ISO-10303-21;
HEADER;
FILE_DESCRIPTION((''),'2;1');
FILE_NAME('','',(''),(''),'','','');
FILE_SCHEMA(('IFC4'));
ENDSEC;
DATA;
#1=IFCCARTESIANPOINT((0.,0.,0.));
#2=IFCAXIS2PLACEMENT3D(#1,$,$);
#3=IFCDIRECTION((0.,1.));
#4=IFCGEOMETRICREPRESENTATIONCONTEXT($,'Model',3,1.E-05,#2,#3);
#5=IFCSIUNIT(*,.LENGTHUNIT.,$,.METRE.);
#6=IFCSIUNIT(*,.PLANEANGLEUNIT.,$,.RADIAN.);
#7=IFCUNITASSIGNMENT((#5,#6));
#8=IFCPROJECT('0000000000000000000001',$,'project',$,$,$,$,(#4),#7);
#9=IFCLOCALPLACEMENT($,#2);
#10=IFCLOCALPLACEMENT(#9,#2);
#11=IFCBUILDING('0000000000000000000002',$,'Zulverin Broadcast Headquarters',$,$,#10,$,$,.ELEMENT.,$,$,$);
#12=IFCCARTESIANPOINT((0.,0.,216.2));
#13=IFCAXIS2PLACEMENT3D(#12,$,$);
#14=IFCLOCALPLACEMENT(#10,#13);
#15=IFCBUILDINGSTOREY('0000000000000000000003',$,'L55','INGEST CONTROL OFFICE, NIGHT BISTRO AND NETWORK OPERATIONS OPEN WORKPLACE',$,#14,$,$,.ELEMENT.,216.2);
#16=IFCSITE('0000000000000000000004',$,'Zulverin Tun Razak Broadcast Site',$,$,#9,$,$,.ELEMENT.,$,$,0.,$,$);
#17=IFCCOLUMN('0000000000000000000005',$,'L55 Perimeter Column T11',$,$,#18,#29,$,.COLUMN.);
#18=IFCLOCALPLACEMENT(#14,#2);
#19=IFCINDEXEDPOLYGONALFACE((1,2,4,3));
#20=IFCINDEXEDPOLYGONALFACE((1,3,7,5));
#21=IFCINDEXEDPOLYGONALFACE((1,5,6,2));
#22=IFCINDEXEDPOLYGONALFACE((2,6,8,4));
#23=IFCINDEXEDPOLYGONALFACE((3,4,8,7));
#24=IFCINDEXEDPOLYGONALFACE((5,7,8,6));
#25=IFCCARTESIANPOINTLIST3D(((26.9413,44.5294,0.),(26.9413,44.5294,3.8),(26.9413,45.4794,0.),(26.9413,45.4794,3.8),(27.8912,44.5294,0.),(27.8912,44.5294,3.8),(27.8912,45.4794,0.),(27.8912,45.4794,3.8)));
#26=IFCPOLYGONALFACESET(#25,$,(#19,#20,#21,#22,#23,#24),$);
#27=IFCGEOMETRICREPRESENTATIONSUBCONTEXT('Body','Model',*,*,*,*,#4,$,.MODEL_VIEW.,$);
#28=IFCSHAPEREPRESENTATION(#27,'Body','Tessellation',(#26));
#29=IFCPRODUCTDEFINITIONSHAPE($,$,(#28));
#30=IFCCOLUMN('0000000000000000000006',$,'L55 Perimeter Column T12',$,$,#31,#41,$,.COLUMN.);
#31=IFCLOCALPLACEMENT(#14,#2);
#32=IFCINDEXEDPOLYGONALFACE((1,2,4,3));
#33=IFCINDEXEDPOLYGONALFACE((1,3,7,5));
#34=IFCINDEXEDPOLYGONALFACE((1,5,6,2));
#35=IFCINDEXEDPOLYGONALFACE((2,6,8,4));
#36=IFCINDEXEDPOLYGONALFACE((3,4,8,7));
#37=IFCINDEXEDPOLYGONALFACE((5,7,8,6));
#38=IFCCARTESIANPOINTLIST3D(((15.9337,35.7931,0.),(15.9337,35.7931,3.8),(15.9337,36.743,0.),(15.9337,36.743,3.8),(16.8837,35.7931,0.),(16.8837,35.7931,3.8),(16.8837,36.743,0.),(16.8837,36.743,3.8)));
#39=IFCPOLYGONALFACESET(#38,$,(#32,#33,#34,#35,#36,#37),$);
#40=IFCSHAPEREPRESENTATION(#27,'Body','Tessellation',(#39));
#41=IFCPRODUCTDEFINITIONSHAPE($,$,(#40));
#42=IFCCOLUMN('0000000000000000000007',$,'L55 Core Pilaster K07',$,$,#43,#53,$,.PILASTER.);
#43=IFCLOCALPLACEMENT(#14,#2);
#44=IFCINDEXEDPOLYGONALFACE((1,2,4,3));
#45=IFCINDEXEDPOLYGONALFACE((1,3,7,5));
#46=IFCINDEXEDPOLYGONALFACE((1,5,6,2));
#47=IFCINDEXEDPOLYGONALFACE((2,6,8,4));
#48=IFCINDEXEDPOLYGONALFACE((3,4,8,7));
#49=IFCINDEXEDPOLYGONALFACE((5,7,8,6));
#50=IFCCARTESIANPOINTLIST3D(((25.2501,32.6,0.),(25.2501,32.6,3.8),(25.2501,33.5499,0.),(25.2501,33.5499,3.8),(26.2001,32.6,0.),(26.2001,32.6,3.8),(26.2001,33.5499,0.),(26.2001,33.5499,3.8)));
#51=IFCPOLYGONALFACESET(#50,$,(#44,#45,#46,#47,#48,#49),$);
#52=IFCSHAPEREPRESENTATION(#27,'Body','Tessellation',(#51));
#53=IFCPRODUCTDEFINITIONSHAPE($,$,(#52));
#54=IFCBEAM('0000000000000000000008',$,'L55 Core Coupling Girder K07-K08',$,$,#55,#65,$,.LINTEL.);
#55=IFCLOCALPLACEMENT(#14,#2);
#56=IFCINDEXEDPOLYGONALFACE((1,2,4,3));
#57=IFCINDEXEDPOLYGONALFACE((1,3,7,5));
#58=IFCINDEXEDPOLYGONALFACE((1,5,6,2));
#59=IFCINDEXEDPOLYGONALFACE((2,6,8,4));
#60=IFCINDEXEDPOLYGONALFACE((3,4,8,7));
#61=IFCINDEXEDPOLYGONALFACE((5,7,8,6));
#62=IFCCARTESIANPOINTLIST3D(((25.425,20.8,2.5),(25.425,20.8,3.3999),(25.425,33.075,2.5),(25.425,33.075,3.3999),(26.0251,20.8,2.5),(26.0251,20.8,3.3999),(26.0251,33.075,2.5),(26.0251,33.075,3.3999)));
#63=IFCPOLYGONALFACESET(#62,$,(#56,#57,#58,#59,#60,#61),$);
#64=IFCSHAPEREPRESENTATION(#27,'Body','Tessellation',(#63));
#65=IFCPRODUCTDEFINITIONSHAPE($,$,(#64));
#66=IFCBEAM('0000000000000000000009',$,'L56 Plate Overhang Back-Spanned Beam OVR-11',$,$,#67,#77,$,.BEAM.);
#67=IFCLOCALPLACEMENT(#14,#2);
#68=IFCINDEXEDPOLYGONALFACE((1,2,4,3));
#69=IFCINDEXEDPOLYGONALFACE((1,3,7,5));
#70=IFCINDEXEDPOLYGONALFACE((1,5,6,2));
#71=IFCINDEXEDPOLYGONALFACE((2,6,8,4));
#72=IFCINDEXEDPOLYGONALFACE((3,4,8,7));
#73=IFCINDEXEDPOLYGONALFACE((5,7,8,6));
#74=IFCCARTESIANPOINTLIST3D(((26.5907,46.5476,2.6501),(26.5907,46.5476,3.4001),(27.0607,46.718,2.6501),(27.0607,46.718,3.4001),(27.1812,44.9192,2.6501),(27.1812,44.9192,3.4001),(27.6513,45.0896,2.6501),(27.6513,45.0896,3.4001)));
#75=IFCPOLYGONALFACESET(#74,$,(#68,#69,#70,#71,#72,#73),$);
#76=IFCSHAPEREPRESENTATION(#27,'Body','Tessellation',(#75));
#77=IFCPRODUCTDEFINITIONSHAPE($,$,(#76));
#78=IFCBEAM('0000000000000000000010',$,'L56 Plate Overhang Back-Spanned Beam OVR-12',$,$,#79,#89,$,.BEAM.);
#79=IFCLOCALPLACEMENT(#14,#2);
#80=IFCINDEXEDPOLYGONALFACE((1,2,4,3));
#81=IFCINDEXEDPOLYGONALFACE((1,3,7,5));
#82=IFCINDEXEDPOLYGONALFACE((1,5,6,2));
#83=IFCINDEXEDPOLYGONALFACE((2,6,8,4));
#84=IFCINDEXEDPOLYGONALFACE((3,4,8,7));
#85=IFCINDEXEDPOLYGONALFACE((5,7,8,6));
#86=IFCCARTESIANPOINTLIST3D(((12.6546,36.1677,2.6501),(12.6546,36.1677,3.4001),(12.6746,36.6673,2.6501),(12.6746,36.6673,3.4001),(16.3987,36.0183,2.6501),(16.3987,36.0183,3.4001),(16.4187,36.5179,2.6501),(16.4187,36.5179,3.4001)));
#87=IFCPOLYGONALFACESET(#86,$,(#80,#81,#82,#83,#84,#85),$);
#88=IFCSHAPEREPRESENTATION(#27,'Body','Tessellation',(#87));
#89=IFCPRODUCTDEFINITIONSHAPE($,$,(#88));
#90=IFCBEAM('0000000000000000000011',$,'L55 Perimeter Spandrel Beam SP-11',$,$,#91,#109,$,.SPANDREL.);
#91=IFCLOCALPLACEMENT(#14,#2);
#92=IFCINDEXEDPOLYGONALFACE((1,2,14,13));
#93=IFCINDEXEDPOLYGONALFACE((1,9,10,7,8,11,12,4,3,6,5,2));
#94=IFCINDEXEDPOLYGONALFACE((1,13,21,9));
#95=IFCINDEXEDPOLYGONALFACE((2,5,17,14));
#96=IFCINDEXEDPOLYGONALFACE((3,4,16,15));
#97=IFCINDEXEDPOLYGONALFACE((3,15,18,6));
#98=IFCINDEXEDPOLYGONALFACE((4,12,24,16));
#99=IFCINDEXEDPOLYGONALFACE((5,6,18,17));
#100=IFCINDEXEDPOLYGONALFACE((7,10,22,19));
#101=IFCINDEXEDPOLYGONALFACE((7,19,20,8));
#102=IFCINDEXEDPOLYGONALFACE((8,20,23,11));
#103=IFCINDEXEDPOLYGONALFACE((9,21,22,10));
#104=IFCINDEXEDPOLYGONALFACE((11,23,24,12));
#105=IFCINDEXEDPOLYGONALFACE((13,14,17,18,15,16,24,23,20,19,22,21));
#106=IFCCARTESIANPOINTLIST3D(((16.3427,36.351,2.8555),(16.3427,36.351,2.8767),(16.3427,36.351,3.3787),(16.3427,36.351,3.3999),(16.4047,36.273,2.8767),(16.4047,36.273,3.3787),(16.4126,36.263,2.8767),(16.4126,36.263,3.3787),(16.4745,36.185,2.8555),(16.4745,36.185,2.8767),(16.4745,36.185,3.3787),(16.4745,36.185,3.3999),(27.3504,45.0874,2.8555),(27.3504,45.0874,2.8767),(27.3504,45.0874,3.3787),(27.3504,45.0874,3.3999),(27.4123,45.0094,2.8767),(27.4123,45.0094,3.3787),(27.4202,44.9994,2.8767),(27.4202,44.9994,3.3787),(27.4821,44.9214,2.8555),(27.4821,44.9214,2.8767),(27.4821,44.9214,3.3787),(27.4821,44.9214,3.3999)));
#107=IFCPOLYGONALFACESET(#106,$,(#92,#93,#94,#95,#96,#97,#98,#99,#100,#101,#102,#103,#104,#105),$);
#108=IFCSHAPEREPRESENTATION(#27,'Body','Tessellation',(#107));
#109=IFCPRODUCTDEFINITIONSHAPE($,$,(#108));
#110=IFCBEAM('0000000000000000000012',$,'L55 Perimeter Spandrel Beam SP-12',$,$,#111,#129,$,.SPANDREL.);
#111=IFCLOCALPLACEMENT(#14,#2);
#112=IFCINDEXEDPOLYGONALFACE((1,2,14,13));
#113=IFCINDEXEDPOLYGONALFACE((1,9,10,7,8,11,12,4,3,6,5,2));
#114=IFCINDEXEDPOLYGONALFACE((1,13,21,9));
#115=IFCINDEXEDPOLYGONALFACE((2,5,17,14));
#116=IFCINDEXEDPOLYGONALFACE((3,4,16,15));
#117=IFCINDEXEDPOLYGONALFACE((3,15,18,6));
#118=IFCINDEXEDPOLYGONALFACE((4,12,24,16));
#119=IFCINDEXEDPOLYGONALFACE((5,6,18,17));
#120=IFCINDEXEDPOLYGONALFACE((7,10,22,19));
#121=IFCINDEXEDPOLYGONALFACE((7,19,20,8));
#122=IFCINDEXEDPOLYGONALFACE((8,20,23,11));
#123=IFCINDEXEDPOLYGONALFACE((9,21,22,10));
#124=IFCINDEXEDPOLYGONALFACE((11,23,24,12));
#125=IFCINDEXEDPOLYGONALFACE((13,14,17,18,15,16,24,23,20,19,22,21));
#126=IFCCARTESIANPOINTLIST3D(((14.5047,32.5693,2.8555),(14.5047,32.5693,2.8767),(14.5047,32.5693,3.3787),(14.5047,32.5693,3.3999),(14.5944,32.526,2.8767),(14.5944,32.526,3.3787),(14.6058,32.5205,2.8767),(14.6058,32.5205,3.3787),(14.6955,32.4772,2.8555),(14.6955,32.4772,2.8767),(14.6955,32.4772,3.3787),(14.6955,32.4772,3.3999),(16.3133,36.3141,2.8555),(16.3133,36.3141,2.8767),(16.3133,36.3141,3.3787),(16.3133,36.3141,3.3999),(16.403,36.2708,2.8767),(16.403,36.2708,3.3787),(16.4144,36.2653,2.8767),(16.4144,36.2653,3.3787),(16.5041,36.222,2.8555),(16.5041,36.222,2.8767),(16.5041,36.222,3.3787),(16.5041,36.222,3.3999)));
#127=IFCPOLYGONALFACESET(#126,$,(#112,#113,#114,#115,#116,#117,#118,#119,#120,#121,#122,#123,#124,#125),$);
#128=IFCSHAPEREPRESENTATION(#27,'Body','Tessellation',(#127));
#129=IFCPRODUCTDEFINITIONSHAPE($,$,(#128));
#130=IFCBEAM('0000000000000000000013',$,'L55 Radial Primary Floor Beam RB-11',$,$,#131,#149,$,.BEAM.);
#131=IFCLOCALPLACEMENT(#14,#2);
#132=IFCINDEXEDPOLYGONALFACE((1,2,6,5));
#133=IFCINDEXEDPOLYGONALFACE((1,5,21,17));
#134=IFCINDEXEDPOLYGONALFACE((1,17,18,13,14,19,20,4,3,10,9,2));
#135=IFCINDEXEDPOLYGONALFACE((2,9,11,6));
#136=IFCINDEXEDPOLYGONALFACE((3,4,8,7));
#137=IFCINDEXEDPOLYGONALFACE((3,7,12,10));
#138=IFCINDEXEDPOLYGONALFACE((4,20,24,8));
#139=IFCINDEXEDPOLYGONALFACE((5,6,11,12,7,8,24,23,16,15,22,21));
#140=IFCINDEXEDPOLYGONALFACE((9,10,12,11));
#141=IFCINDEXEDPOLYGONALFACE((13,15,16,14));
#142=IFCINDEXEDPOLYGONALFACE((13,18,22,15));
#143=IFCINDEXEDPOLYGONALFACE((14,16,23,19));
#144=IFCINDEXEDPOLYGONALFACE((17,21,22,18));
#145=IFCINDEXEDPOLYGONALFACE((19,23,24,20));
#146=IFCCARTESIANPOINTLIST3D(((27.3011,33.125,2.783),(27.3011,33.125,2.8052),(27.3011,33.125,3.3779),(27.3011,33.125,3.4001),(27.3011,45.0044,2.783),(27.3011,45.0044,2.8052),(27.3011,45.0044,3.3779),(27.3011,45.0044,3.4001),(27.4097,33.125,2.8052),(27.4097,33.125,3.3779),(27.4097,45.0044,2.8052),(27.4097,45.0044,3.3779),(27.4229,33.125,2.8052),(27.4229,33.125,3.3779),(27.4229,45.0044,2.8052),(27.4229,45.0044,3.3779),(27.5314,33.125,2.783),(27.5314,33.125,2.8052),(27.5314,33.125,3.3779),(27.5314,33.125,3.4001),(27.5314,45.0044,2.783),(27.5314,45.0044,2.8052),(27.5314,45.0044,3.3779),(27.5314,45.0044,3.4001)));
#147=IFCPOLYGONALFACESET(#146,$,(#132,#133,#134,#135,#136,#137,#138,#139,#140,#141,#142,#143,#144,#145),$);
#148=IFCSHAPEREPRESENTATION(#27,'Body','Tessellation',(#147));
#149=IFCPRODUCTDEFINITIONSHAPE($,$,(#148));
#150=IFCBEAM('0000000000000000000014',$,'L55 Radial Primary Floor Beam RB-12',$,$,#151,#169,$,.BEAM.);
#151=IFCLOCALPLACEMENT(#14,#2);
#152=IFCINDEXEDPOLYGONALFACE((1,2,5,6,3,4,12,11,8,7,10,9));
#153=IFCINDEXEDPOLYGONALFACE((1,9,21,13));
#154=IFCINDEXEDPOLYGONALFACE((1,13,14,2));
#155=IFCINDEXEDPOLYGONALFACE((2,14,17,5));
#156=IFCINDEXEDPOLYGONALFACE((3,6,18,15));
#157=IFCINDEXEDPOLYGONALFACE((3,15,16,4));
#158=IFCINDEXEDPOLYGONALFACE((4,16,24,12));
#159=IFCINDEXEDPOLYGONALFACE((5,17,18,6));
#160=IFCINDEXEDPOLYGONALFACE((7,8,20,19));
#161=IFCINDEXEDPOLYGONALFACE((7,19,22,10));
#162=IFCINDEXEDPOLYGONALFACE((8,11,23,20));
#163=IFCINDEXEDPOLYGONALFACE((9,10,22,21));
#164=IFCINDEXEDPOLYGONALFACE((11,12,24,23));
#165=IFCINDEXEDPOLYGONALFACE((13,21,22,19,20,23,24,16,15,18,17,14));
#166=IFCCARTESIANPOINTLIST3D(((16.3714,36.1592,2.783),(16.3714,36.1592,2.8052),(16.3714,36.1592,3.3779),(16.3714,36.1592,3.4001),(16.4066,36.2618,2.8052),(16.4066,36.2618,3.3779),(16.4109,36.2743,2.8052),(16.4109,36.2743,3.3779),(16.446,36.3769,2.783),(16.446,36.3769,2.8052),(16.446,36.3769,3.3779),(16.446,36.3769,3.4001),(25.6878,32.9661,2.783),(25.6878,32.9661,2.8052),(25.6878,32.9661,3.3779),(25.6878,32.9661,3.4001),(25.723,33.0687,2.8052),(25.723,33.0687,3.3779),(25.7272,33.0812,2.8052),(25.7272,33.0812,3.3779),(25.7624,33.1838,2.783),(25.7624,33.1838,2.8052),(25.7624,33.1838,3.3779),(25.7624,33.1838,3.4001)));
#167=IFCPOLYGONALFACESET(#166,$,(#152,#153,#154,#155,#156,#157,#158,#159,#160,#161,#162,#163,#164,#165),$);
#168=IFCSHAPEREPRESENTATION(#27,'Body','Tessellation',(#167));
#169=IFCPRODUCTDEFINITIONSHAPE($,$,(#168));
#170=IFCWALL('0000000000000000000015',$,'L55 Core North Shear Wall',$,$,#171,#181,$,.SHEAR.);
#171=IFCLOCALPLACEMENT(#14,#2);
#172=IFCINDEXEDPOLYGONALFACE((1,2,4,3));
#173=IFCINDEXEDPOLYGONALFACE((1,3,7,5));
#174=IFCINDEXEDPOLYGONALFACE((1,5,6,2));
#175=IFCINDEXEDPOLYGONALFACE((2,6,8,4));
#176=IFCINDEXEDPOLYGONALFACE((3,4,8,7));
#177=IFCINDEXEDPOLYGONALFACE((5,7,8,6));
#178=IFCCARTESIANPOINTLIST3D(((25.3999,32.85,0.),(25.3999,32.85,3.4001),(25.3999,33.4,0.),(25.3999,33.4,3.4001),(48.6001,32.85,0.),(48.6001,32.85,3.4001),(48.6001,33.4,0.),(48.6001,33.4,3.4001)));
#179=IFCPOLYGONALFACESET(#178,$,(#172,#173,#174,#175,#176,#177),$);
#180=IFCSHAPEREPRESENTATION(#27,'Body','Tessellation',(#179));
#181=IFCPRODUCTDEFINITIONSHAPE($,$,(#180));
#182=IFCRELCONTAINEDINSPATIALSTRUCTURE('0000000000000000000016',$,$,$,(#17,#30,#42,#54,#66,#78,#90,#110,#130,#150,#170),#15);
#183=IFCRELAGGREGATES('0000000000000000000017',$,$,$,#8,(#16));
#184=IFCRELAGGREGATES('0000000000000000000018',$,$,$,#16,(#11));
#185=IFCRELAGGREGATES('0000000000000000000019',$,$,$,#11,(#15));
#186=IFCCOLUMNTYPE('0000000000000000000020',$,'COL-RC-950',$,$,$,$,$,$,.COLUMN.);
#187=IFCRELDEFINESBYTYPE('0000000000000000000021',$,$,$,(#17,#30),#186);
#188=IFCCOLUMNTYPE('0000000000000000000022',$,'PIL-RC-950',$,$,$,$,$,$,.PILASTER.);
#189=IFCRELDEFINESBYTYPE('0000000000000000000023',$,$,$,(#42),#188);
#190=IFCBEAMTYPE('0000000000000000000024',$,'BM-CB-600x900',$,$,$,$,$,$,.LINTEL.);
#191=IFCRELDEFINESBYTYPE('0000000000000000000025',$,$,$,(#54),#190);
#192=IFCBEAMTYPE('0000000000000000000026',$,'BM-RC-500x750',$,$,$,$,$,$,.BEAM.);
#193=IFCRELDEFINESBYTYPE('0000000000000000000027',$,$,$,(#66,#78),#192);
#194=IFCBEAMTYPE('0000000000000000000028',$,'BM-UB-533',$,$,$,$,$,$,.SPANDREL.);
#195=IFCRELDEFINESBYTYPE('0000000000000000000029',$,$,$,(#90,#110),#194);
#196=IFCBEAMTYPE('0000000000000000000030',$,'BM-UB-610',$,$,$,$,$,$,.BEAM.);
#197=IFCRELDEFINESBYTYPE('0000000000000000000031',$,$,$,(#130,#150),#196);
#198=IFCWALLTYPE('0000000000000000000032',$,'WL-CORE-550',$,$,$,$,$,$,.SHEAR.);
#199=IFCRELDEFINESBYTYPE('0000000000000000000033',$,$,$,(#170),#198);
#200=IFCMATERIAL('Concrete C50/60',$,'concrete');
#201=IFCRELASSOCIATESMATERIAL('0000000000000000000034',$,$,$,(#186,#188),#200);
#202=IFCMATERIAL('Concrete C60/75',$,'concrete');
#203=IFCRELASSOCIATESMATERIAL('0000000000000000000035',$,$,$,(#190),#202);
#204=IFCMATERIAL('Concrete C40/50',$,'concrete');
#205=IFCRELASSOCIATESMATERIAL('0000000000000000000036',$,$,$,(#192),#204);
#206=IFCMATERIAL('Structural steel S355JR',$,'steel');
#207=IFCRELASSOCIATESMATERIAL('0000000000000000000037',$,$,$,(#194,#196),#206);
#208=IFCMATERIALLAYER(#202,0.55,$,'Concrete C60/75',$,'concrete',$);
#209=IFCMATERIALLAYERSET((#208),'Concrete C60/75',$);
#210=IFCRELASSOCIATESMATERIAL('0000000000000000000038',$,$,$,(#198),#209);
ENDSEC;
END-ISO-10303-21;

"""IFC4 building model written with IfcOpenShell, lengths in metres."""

from ifc_helpers import new_model, si_unit, direction, frame, frame_2d, origin, origin_2d, place, context, subcontext, project, spatial, rectangle, i_section, extrude, material, layer, layer_set, material_profile, profile_set, type_object, element, save


model = new_model("IFC4")

# Units and contexts
model_context = context("Model", 3, precision=1e-05, world=origin(), true_north=direction((0.0, 1.0)))
body_context = subcontext(model_context, "Body", "Model", "MODEL_VIEW")
ifc_project = project(units=[si_unit("LENGTHUNIT", "METRE"), si_unit("PLANEANGLEUNIT", "RADIAN")], contexts=[model_context])

# Site, building, storey
site_placement = place(None, origin())
site = spatial("IfcSite", under=ifc_project, at=site_placement, Name="Zulverin Tun Razak Broadcast Site", CompositionType="ELEMENT", RefElevation=0.0)
building_placement = place(site_placement, origin())
building = spatial("IfcBuilding", under=site, at=building_placement, Name="Zulverin Broadcast Headquarters", CompositionType="ELEMENT")
storey_placement = place(building_placement, frame((0.0, 0.0, 216.2)))
storey = spatial("IfcBuildingStorey", under=building, at=storey_placement, Name="L55", Description="INGEST CONTROL OFFICE, NIGHT BISTRO AND NETWORK OPERATIONS OPEN WORKPLACE", CompositionType="ELEMENT", Elevation=216.2)

# Columns
ifc_material_1 = material(Name="Concrete C50/60", Category="concrete")
ifc_material_profile_1 = material_profile(ifc_material_1, rectangle(XDim=0.95, YDim=0.95, at=origin_2d()), Name="Concrete C50/60", Category="concrete")
ifc_profile_set_1 = profile_set([ifc_material_profile_1], Name="Concrete C50/60")
column_type_1 = type_object("IfcColumnType", Name="COL-RC-950", PredefinedType="COLUMN", material=ifc_profile_set_1)
for number, where, z_axis, x_axis, name in (
    (1, (27.4163, 45.0044, 0.0), (0.0, 0.0, 1.0), (1.0, 0.0, 0.0), "L55 Perimeter Column T11"),
    (2, (16.4087, 36.2681, 0.0), (0.0, 0.0, 1.0), (1.0, 0.0, 0.0), "L55 Perimeter Column T12"),
):
    element("IfcColumn", number, at=place(storey_placement, frame(where, z_axis=z_axis, x_axis=x_axis)), inside=storey, type_object=column_type_1, Name=name, PredefinedType="COLUMN", context=body_context, shape_type="SweptSolid", body=[
        extrude(rectangle(XDim=0.95, YDim=0.95, at=origin_2d()), origin(), (0.0, 0.0, 1.0), 3.8),
    ])
ifc_material_profile_2 = material_profile(ifc_material_1, rectangle(XDim=0.95, YDim=0.95, at=origin_2d()), Name="Concrete C50/60", Category="concrete")
ifc_profile_set_2 = profile_set([ifc_material_profile_2], Name="Concrete C50/60")
column_type_2 = type_object("IfcColumnType", Name="PIL-RC-950", PredefinedType="PILASTER", material=ifc_profile_set_2)
column_placement = place(storey_placement, frame((25.7251, 33.075, 0.0), z_axis=(0.0, 0.0, 1.0), x_axis=(1.0, 0.0, 0.0)))
element("IfcColumn", 3, at=column_placement, inside=storey, type_object=column_type_2, Name="L55 Core Pilaster K07", PredefinedType="PILASTER", context=body_context, shape_type="SweptSolid", body=[
    extrude(rectangle(XDim=0.95, YDim=0.95, at=origin_2d()), origin(), (0.0, 0.0, 1.0), 3.8),
])

# Beams
ifc_material_2 = material(Name="Concrete C60/75", Category="concrete")
ifc_material_profile_3 = material_profile(ifc_material_2, rectangle(XDim=0.6001, YDim=0.8999, at=origin_2d()), Name="Concrete C60/75", Category="concrete")
ifc_profile_set_3 = profile_set([ifc_material_profile_3], Name="Concrete C60/75")
beam_type_1 = type_object("IfcBeamType", Name="BM-CB-600x900", PredefinedType="LINTEL", material=ifc_profile_set_3)
beam_1_placement = place(storey_placement, frame((25.7251, 33.075, 2.95), z_axis=(0.0, -1.0, 0.0), x_axis=(1.0, 0.0, 0.0)))
element("IfcBeam", 4, at=beam_1_placement, inside=storey, type_object=beam_type_1, Name="L55 Core Coupling Girder K07-K08", PredefinedType="LINTEL", context=body_context, shape_type="SweptSolid", body=[
    extrude(rectangle(XDim=0.6001, YDim=0.8999, at=origin_2d()), origin(), (0.0, 0.0, 1.0), 12.2749),
])
ifc_material_3 = material(Name="Concrete C40/50", Category="concrete")
ifc_material_profile_4 = material_profile(ifc_material_3, rectangle(XDim=0.5, YDim=0.75, at=origin_2d()), Name="Concrete C40/50", Category="concrete")
ifc_profile_set_4 = profile_set([ifc_material_profile_4], Name="Concrete C40/50")
beam_type_2 = type_object("IfcBeamType", Name="BM-RC-500x750", PredefinedType="BEAM", material=ifc_profile_set_4)
beam_2_placement = place(storey_placement, frame((27.4163, 45.0044, 3.0251), z_axis=(-0.340939, 0.940085, 0.0), x_axis=(-0.940085, -0.340939, 0.0)))
element("IfcBeam", 5, at=beam_2_placement, inside=storey, type_object=beam_type_2, Name="L56 Plate Overhang Back-Spanned Beam OVR-11", PredefinedType="BEAM", context=body_context, shape_type="SweptSolid", body=[
    extrude(rectangle(XDim=0.5, YDim=0.75, at=origin_2d()), origin(), (0.0, 0.0, 1.0), 1.7322),
])
beam_3_placement = place(storey_placement, frame((16.4087, 36.2681, 3.0251), z_axis=(-0.999205, 0.039874, 0.0), x_axis=(-0.039874, -0.999205, 0.0)))
element("IfcBeam", 6, at=beam_3_placement, inside=storey, type_object=beam_type_2, Name="L56 Plate Overhang Back-Spanned Beam OVR-12", PredefinedType="BEAM", context=body_context, shape_type="SweptSolid", body=[
    extrude(rectangle(XDim=0.5, YDim=0.75, at=origin_2d()), origin(), (0.0, 0.0, 1.0), 3.7471),
])
ifc_material_4 = material(Name="Structural steel S355JR", Category="steel")
ifc_material_profile_5 = material_profile(ifc_material_4, i_section(OverallWidth=0.2119, OverallDepth=0.5444, WebThickness=0.0127, FlangeThickness=0.0212, at=origin_2d()), Name="Structural steel S355JR", Category="steel")
ifc_profile_set_5 = profile_set([ifc_material_profile_5], Name="Structural steel S355JR")
beam_type_3 = type_object("IfcBeamType", Name="BM-UB-533", PredefinedType="SPANDREL", material=ifc_profile_set_5)
beam_4_placement = place(storey_placement, frame((27.4163, 45.0044, 3.1277), z_axis=(-0.783283, -0.621665, 0.0), x_axis=(0.621665, -0.783283, 0.0)))
element("IfcBeam", 7, at=beam_4_placement, inside=storey, type_object=beam_type_3, Name="L55 Perimeter Spandrel Beam SP-11", PredefinedType="SPANDREL", context=body_context, shape_type="SweptSolid", body=[
    extrude(i_section(OverallWidth=0.2119, OverallDepth=0.5444, WebThickness=0.0127, FlangeThickness=0.0212, at=origin_2d()), origin(), (0.0, 0.0, 1.0), 14.0532),
])
beam_5_placement = place(storey_placement, frame((16.4087, 36.2681, 3.1277), z_axis=(-0.43489, -0.900483, 0.0), x_axis=(0.900483, -0.43489, 0.0)))
element("IfcBeam", 8, at=beam_5_placement, inside=storey, type_object=beam_type_3, Name="L55 Perimeter Spandrel Beam SP-12", PredefinedType="SPANDREL", context=body_context, shape_type="SweptSolid", body=[
    extrude(i_section(OverallWidth=0.2119, OverallDepth=0.5444, WebThickness=0.0127, FlangeThickness=0.0212, at=origin_2d()), origin(), (0.0, 0.0, 1.0), 4.1587),
])
ifc_material_profile_6 = material_profile(ifc_material_4, i_section(OverallWidth=0.2302, OverallDepth=0.6172, WebThickness=0.0132, FlangeThickness=0.0222, at=origin_2d()), Name="Structural steel S355JR", Category="steel")
ifc_profile_set_6 = profile_set([ifc_material_profile_6], Name="Structural steel S355JR")
beam_type_4 = type_object("IfcBeamType", Name="BM-UB-610", PredefinedType="BEAM", material=ifc_profile_set_6)
beam_6_placement = place(storey_placement, frame((27.4163, 33.125, 3.0916), z_axis=(0.0, 1.0, 0.0), x_axis=(-1.0, 0.0, 0.0)))
element("IfcBeam", 9, at=beam_6_placement, inside=storey, type_object=beam_type_4, Name="L55 Radial Primary Floor Beam RB-11", PredefinedType="BEAM", context=body_context, shape_type="SweptSolid", body=[
    extrude(i_section(OverallWidth=0.2302, OverallDepth=0.6172, WebThickness=0.0132, FlangeThickness=0.0222, at=origin_2d()), origin(), (0.0, 0.0, 1.0), 11.8794),
])
beam_7_placement = place(storey_placement, frame((25.7251, 33.075, 3.0916), z_axis=(-0.94598, 0.324226, 0.0), x_axis=(-0.324226, -0.94598, 0.0)))
element("IfcBeam", 10, at=beam_7_placement, inside=storey, type_object=beam_type_4, Name="L55 Radial Primary Floor Beam RB-12", PredefinedType="BEAM", context=body_context, shape_type="SweptSolid", body=[
    extrude(i_section(OverallWidth=0.2302, OverallDepth=0.6172, WebThickness=0.0132, FlangeThickness=0.0222, at=origin_2d()), origin(), (0.0, 0.0, 1.0), 9.8484),
])

# Wall
ifc_layer_1 = layer(ifc_material_2, 0.55, Name="Concrete C60/75", Category="concrete")
ifc_layer_set_1 = layer_set([ifc_layer_1], Name="Concrete C60/75")
wall_type_1 = type_object("IfcWallType", Name="WL-CORE-550", PredefinedType="SHEAR", material=ifc_layer_set_1)
wall_1_placement = place(storey_placement, frame((25.3999, 33.125, 0.0), z_axis=(0.0, 0.0, 1.0), x_axis=(1.0, 0.0, 0.0)))
element("IfcWall", 11, at=wall_1_placement, inside=storey, type_object=wall_type_1, Name="L55 Core North Shear Wall", PredefinedType="SHEAR", context=body_context, shape_type="SweptSolid", body=[
    extrude(rectangle(XDim=23.2002, YDim=0.55, at=frame_2d((11.6001, 0.0))), origin(), (0.0, 0.0, 1.0), 3.4001),
])

save(model, "model.ifc")
